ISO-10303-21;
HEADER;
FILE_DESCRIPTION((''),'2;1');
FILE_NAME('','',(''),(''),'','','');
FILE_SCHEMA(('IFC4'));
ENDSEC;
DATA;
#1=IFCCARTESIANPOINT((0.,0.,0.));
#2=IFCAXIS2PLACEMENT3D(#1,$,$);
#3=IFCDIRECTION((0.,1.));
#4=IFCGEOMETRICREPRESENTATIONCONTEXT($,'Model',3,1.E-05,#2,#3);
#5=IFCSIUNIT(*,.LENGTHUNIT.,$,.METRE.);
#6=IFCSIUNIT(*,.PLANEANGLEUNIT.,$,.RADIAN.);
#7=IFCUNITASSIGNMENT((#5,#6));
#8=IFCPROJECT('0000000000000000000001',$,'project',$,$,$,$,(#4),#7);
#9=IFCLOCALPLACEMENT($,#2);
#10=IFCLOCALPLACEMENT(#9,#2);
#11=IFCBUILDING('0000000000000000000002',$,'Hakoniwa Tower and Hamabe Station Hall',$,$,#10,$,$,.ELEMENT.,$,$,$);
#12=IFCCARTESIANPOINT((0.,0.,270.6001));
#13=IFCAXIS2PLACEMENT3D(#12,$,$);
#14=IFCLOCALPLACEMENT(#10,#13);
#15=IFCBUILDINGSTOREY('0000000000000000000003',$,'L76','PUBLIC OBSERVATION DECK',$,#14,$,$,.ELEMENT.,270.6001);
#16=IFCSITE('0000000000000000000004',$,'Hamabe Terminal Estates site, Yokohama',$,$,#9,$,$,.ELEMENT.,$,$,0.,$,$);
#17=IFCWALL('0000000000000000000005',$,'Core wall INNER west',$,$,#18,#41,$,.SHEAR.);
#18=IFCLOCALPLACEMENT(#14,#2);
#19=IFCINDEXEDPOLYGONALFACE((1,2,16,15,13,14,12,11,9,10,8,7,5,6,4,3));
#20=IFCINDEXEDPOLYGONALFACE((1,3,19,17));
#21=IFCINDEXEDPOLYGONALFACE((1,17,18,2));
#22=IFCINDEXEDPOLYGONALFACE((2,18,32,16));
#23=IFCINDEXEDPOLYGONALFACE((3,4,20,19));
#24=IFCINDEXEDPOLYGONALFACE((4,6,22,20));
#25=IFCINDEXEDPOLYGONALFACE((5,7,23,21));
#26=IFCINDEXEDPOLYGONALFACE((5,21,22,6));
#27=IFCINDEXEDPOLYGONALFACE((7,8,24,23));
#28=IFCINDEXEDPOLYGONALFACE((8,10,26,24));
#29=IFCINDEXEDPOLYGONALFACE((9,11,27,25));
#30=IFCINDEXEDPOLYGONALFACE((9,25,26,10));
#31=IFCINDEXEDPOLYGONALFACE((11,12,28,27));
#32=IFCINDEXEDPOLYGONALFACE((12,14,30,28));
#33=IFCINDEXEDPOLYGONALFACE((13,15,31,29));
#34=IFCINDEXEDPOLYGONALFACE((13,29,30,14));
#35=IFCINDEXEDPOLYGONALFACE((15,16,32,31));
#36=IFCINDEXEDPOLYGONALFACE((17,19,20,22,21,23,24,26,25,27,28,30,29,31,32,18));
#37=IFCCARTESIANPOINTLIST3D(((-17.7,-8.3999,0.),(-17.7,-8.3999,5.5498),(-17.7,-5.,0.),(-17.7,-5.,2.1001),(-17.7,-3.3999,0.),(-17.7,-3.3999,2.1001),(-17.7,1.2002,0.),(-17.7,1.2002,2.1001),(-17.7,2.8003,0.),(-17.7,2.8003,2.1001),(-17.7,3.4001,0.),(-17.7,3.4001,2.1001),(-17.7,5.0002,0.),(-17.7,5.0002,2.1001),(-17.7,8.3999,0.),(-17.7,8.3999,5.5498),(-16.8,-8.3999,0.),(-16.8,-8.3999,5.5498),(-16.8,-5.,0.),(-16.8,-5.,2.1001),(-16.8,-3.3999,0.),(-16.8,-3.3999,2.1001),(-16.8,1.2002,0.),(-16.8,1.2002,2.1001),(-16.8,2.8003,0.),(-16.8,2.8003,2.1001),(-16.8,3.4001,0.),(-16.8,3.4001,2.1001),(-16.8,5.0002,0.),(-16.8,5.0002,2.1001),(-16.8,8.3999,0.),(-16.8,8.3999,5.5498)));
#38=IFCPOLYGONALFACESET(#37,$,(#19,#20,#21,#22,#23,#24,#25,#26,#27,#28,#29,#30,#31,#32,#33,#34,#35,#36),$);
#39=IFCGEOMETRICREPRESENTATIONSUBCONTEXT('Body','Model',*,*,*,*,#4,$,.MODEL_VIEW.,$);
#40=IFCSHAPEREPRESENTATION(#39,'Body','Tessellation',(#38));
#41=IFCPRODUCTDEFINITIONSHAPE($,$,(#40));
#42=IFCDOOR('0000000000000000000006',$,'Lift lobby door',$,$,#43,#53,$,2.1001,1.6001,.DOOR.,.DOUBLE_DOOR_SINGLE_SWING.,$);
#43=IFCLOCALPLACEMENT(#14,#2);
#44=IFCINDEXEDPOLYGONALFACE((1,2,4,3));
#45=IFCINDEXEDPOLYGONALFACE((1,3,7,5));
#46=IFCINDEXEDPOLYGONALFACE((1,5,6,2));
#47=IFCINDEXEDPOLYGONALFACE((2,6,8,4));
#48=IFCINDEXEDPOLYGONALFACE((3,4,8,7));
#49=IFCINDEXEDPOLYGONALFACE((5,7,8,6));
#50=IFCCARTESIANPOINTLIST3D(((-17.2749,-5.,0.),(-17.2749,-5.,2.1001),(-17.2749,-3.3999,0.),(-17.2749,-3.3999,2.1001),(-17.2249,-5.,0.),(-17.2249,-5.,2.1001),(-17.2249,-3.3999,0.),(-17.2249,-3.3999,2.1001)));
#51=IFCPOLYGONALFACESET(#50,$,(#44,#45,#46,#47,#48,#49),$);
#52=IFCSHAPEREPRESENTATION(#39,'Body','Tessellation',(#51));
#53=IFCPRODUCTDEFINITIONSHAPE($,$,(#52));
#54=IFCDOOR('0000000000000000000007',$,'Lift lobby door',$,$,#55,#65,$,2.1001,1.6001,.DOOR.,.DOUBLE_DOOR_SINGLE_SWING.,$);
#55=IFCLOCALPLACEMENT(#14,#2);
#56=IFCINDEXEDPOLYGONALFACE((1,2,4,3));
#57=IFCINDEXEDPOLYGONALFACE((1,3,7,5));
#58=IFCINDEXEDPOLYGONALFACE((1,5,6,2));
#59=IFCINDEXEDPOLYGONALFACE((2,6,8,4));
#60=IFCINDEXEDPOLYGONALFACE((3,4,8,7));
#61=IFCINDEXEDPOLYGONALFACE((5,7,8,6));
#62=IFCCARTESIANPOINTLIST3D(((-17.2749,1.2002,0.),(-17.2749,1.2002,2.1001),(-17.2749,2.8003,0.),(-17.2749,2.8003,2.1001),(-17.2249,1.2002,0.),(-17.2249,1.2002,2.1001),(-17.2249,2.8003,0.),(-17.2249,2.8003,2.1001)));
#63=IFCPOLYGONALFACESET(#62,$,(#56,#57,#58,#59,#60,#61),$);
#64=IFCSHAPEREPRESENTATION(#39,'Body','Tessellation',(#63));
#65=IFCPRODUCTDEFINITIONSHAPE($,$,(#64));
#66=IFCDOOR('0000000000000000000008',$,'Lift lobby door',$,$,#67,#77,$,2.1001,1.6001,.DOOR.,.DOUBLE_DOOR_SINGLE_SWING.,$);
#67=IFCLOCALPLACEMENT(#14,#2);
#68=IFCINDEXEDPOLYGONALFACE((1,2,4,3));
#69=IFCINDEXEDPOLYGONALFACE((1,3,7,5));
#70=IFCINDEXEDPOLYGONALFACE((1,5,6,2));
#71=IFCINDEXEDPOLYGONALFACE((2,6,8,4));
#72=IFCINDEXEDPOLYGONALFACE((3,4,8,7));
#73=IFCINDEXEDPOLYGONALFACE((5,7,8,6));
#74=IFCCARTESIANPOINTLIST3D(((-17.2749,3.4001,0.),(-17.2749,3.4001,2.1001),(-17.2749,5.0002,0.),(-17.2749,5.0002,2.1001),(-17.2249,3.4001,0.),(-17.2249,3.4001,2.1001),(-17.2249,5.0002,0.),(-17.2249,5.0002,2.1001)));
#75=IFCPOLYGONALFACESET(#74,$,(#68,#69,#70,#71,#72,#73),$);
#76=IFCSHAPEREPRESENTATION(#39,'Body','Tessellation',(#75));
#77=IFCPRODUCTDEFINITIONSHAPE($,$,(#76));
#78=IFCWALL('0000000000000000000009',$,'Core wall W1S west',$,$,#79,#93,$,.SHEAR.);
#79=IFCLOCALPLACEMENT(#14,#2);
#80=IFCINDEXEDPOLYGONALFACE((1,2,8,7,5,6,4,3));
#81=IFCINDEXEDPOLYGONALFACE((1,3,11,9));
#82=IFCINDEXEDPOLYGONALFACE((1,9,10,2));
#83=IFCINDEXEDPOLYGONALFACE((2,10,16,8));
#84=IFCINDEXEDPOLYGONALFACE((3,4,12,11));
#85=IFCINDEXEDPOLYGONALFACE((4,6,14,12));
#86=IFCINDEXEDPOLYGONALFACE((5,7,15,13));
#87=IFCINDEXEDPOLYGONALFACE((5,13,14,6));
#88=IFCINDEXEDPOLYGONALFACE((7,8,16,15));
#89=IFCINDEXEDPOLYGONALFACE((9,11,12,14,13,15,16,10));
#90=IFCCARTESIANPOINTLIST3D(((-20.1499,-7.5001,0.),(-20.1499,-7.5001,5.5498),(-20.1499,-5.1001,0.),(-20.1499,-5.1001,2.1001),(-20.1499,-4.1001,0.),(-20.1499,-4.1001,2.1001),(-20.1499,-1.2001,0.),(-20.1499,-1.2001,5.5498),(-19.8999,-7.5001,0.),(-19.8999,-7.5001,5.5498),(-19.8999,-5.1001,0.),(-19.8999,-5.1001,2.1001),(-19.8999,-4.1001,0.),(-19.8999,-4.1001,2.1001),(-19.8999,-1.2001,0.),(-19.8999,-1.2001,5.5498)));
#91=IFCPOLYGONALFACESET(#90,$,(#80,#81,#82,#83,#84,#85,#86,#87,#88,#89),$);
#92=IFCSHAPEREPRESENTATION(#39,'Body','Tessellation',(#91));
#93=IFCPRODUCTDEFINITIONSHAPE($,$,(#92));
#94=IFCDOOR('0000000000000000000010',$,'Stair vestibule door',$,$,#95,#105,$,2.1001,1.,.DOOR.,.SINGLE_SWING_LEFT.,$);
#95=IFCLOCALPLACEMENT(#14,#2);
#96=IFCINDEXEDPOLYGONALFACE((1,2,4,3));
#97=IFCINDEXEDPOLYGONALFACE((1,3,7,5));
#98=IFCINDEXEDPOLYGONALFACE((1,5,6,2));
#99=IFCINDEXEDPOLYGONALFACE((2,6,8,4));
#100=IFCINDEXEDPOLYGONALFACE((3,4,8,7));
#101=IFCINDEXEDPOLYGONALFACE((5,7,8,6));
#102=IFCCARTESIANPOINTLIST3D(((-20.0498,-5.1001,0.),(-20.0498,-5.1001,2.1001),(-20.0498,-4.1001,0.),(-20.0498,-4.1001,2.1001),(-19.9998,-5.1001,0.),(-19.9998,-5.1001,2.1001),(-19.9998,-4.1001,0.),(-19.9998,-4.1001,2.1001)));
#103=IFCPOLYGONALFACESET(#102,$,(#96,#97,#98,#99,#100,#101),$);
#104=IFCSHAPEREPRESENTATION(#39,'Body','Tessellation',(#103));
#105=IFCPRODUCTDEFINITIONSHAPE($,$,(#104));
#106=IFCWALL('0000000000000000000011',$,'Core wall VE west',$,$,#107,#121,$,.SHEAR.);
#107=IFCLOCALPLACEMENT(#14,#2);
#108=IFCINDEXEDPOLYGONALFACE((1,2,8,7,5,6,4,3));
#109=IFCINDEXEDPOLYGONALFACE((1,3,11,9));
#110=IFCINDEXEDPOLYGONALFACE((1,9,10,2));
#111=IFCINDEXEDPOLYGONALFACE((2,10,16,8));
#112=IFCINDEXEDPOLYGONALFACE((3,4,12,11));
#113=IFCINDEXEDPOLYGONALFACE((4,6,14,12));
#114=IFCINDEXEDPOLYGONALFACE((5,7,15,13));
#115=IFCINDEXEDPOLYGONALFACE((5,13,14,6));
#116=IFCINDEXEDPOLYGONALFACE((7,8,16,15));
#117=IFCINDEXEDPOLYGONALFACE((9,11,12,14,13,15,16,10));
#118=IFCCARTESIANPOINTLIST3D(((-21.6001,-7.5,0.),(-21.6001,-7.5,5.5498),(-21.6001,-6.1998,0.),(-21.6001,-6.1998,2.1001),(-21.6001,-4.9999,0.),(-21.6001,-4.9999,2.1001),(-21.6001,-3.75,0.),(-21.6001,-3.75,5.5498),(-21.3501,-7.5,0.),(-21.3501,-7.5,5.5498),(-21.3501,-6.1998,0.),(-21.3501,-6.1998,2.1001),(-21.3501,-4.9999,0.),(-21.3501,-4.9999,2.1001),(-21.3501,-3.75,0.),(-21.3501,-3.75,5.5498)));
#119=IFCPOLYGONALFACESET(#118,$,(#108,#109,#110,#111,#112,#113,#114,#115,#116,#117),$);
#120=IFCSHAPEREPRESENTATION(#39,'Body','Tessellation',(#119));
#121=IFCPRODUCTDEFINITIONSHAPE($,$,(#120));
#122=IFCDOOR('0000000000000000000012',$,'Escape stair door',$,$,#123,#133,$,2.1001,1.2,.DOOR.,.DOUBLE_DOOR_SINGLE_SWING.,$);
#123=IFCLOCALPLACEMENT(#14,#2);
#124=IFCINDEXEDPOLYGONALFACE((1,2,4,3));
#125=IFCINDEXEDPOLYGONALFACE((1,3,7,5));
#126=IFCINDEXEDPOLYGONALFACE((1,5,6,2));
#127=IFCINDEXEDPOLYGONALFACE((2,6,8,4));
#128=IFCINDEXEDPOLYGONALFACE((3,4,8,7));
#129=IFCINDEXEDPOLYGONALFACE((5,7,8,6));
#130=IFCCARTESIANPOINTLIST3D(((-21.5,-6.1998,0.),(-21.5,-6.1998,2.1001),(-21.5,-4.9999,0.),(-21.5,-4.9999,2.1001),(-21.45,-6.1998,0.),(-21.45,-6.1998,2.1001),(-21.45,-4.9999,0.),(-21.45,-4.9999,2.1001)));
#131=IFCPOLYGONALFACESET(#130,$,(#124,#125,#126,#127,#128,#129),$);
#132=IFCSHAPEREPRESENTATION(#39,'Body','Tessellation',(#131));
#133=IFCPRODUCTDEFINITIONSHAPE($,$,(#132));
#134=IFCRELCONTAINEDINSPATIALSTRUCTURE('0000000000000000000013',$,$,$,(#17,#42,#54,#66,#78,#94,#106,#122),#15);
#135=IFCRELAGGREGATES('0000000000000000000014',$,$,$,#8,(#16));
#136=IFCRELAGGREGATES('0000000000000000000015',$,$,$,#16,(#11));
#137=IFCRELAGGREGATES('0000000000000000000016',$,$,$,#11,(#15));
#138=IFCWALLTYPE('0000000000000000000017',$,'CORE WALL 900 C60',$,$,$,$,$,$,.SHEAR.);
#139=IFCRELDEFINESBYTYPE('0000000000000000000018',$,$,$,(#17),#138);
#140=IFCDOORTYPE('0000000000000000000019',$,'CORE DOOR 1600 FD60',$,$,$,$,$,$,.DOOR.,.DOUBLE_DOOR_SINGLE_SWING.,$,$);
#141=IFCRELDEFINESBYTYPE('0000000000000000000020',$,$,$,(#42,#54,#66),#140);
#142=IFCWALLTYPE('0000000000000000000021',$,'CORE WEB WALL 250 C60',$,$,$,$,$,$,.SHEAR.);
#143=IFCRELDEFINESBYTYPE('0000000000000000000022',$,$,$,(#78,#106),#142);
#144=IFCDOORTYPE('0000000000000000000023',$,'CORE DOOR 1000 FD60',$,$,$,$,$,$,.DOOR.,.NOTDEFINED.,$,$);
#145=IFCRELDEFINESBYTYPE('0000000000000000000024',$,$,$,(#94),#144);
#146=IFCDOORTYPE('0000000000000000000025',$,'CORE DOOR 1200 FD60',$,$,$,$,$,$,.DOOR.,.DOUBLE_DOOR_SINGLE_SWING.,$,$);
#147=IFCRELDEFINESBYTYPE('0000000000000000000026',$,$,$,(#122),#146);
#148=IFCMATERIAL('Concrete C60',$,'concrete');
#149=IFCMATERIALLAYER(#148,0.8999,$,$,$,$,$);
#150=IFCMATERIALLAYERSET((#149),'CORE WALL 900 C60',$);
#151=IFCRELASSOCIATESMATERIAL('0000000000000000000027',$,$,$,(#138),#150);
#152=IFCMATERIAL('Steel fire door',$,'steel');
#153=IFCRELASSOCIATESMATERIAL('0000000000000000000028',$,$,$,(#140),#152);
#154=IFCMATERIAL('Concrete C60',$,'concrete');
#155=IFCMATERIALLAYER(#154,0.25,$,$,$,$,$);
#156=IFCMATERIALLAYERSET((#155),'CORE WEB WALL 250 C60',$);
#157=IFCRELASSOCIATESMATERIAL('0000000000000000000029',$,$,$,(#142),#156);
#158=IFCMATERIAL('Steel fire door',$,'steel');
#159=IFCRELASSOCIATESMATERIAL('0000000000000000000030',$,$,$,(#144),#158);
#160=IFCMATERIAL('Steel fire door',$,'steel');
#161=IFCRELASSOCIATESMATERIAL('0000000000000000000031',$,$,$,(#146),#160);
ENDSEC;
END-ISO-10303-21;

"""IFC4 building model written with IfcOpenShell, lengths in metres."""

from ifc_helpers import new_model, si_unit, direction, frame, frame_2d, origin, place, context, subcontext, project, spatial, rectangle, extrude, material, layer, layer_set, type_object, element, fill, save


model = new_model("IFC4")

# Units and contexts
model_context = context("Model", 3, precision=1e-05, world=origin(), true_north=direction((0.0, 1.0)))
body_context = subcontext(model_context, "Body", "Model", "MODEL_VIEW")
ifc_project = project(units=[si_unit("LENGTHUNIT", "METRE"), si_unit("PLANEANGLEUNIT", "RADIAN")], contexts=[model_context])

# Site, building, storey
site_placement = place(None, origin())
site = spatial("IfcSite", under=ifc_project, at=site_placement, Name="Hamabe Terminal Estates site, Yokohama", CompositionType="ELEMENT", RefElevation=0.0)
building_placement = place(site_placement, origin())
building = spatial("IfcBuilding", under=site, at=building_placement, Name="Hakoniwa Tower and Hamabe Station Hall", CompositionType="ELEMENT")
storey_placement = place(building_placement, frame((0.0, 0.0, 270.6001)))
storey = spatial("IfcBuildingStorey", under=building, at=storey_placement, Name="L76", Description="PUBLIC OBSERVATION DECK", CompositionType="ELEMENT", Elevation=270.6001)

# Wall, openings, doors
ifc_material_1 = material(Name="Concrete C60", Category="concrete")
ifc_layer_1 = layer(ifc_material_1, 0.8999)
ifc_layer_set_1 = layer_set([ifc_layer_1], Name="CORE WALL 900 C60")
wall_type_1 = type_object("IfcWallType", Name="CORE WALL 900 C60", PredefinedType="SHEAR", material=ifc_layer_set_1)
wall_1_placement = place(storey_placement, frame((-17.25, -8.3999, 0.0), z_axis=(0.0, 0.0, 1.0), x_axis=(0.0, 1.0, 0.0)))
wall_1 = element("IfcWall", 1, at=wall_1_placement, inside=storey, type_object=wall_type_1, Name="Core wall INNER west", PredefinedType="SHEAR", context=body_context, shape_type="SweptSolid", body=[
    extrude(rectangle(XDim=16.7998, YDim=0.8999, at=frame_2d((8.3999, 0.0))), origin(), (0.0, 0.0, 1.0), 5.5498),
])
opening_1_placement = place(wall_1_placement, frame((3.3999, 0.0, 0.0)))
opening_1 = element("IfcOpeningElement", 2, at=opening_1_placement, cuts=wall_1, PredefinedType="OPENING", context=body_context, shape_type="SweptSolid", body=[
    extrude(rectangle(XDim=1.6001, YDim=2.1001, at=frame_2d((0.8, 1.05))), frame((0.0, 0.46, 0.0), z_axis=(0.0, -1.0, 0.0), x_axis=(1.0, 0.0, 0.0)), (0.0, 0.0, 1.0), 0.9199),
])
opening_2_placement = place(wall_1_placement, frame((9.6001, 0.0, 0.0)))
opening_2 = element("IfcOpeningElement", 3, at=opening_2_placement, cuts=wall_1, PredefinedType="OPENING", context=body_context, shape_type="SweptSolid", body=[
    extrude(rectangle(XDim=1.6001, YDim=2.1001, at=frame_2d((0.8, 1.05))), frame((0.0, 0.46, 0.0), z_axis=(0.0, -1.0, 0.0), x_axis=(1.0, 0.0, 0.0)), (0.0, 0.0, 1.0), 0.9199),
])
opening_3_placement = place(wall_1_placement, frame((11.8, 0.0, 0.0)))
opening_3 = element("IfcOpeningElement", 4, at=opening_3_placement, cuts=wall_1, PredefinedType="OPENING", context=body_context, shape_type="SweptSolid", body=[
    extrude(rectangle(XDim=1.6001, YDim=2.1001, at=frame_2d((0.8, 1.05))), frame((0.0, 0.46, 0.0), z_axis=(0.0, -1.0, 0.0), x_axis=(1.0, 0.0, 0.0)), (0.0, 0.0, 1.0), 0.9199),
])
ifc_material_2 = material(Name="Steel fire door", Category="steel")
door_type_1 = type_object("IfcDoorType", Name="CORE DOOR 1600 FD60", OperationType="DOUBLE_DOOR_SINGLE_SWING", PredefinedType="DOOR", material=ifc_material_2)
door_1_placement = place(opening_1_placement, origin())
door_1 = element("IfcDoor", 5, at=door_1_placement, inside=storey, type_object=door_type_1, Name="Lift lobby door", OperationType="DOUBLE_DOOR_SINGLE_SWING", OverallHeight=2.1001, OverallWidth=1.6001, PredefinedType="DOOR", context=body_context, shape_type="SweptSolid", body=[
    extrude(rectangle(XDim=1.6001, YDim=2.1001, at=frame_2d((0.8, 1.05))), frame((0.0, 0.0249, 0.0), z_axis=(0.0, -1.0, 0.0), x_axis=(1.0, 0.0, 0.0)), (0.0, 0.0, 1.0), 0.05),
])
fill(opening_1, door_1)
door_2_placement = place(opening_2_placement, origin())
door_2 = element("IfcDoor", 6, at=door_2_placement, inside=storey, type_object=door_type_1, Name="Lift lobby door", OperationType="DOUBLE_DOOR_SINGLE_SWING", OverallHeight=2.1001, OverallWidth=1.6001, PredefinedType="DOOR", context=body_context, shape_type="SweptSolid", body=[
    extrude(rectangle(XDim=1.6001, YDim=2.1001, at=frame_2d((0.8, 1.05))), frame((0.0, 0.0249, 0.0), z_axis=(0.0, -1.0, 0.0), x_axis=(1.0, 0.0, 0.0)), (0.0, 0.0, 1.0), 0.05),
])
fill(opening_2, door_2)
door_3_placement = place(opening_3_placement, origin())
door_3 = element("IfcDoor", 7, at=door_3_placement, inside=storey, type_object=door_type_1, Name="Lift lobby door", OperationType="DOUBLE_DOOR_SINGLE_SWING", OverallHeight=2.1001, OverallWidth=1.6001, PredefinedType="DOOR", context=body_context, shape_type="SweptSolid", body=[
    extrude(rectangle(XDim=1.6001, YDim=2.1001, at=frame_2d((0.8, 1.05))), frame((0.0, 0.0249, 0.0), z_axis=(0.0, -1.0, 0.0), x_axis=(1.0, 0.0, 0.0)), (0.0, 0.0, 1.0), 0.05),
])
fill(opening_3, door_3)

# Walls, openings, doors
ifc_material_3 = material(Name="Concrete C60", Category="concrete")
ifc_layer_2 = layer(ifc_material_3, 0.25)
ifc_layer_set_2 = layer_set([ifc_layer_2], Name="CORE WEB WALL 250 C60")
wall_type_2 = type_object("IfcWallType", Name="CORE WEB WALL 250 C60", PredefinedType="SHEAR", material=ifc_layer_set_2)
wall_2_placement = place(storey_placement, frame((-20.0249, -7.5, 0.0), z_axis=(0.0, 0.0, 1.0), x_axis=(0.0, 1.0, 0.0)))
wall_2 = element("IfcWall", 8, at=wall_2_placement, inside=storey, type_object=wall_type_2, Name="Core wall W1S west", PredefinedType="SHEAR", context=body_context, shape_type="SweptSolid", body=[
    extrude(rectangle(XDim=6.3, YDim=0.25, at=frame_2d((3.1499, 0.0))), origin(), (0.0, 0.0, 1.0), 5.5498),
])
opening_4_placement = place(wall_2_placement, frame((2.3999, 0.0, 0.0)))
opening_4 = element("IfcOpeningElement", 9, at=opening_4_placement, cuts=wall_2, PredefinedType="OPENING", context=body_context, shape_type="SweptSolid", body=[
    extrude(rectangle(XDim=1.0, YDim=2.1001, at=frame_2d((0.5, 1.05))), frame((0.0, 0.135, 0.0), z_axis=(0.0, -1.0, 0.0), x_axis=(1.0, 0.0, 0.0)), (0.0, 0.0, 1.0), 0.27),
])
ifc_material_4 = material(Name="Steel fire door", Category="steel")
door_type_2 = type_object("IfcDoorType", Name="CORE DOOR 1000 FD60", OperationType="NOTDEFINED", PredefinedType="DOOR", material=ifc_material_4)
door_4_placement = place(opening_4_placement, origin())
door_4 = element("IfcDoor", 10, at=door_4_placement, inside=storey, type_object=door_type_2, Name="Stair vestibule door", OperationType="SINGLE_SWING_LEFT", OverallHeight=2.1001, OverallWidth=1.0, PredefinedType="DOOR", context=body_context, shape_type="SweptSolid", body=[
    extrude(rectangle(XDim=1.0, YDim=2.1001, at=frame_2d((0.5, 1.05))), frame((0.0, 0.0249, 0.0), z_axis=(0.0, -1.0, 0.0), x_axis=(1.0, 0.0, 0.0)), (0.0, 0.0, 1.0), 0.05),
])
fill(opening_4, door_4)
wall_3_placement = place(storey_placement, frame((-21.4751, -7.5, 0.0), z_axis=(0.0, 0.0, 1.0), x_axis=(0.0, 1.0, 0.0)))
wall_3 = element("IfcWall", 11, at=wall_3_placement, inside=storey, type_object=wall_type_2, Name="Core wall VE west", PredefinedType="SHEAR", context=body_context, shape_type="SweptSolid", body=[
    extrude(rectangle(XDim=3.75, YDim=0.25, at=frame_2d((1.875, 0.0))), origin(), (0.0, 0.0, 1.0), 5.5498),
])
opening_5_placement = place(wall_3_placement, frame((1.3, 0.0, 0.0)))
opening_5 = element("IfcOpeningElement", 12, at=opening_5_placement, cuts=wall_3, PredefinedType="OPENING", context=body_context, shape_type="SweptSolid", body=[
    extrude(rectangle(XDim=1.2, YDim=2.1001, at=frame_2d((0.6001, 1.05))), frame((0.0, 0.135, 0.0), z_axis=(0.0, -1.0, 0.0), x_axis=(1.0, 0.0, 0.0)), (0.0, 0.0, 1.0), 0.27),
])
ifc_material_5 = material(Name="Steel fire door", Category="steel")
door_type_3 = type_object("IfcDoorType", Name="CORE DOOR 1200 FD60", OperationType="DOUBLE_DOOR_SINGLE_SWING", PredefinedType="DOOR", material=ifc_material_5)
door_5_placement = place(opening_5_placement, origin())
door_5 = element("IfcDoor", 13, at=door_5_placement, inside=storey, type_object=door_type_3, Name="Escape stair door", OperationType="DOUBLE_DOOR_SINGLE_SWING", OverallHeight=2.1001, OverallWidth=1.2, PredefinedType="DOOR", context=body_context, shape_type="SweptSolid", body=[
    extrude(rectangle(XDim=1.2, YDim=2.1001, at=frame_2d((0.6001, 1.05))), frame((0.0, 0.0249, 0.0), z_axis=(0.0, -1.0, 0.0), x_axis=(1.0, 0.0, 0.0)), (0.0, 0.0, 1.0), 0.05),
])
fill(opening_5, door_5)

save(model, "model.ifc")
